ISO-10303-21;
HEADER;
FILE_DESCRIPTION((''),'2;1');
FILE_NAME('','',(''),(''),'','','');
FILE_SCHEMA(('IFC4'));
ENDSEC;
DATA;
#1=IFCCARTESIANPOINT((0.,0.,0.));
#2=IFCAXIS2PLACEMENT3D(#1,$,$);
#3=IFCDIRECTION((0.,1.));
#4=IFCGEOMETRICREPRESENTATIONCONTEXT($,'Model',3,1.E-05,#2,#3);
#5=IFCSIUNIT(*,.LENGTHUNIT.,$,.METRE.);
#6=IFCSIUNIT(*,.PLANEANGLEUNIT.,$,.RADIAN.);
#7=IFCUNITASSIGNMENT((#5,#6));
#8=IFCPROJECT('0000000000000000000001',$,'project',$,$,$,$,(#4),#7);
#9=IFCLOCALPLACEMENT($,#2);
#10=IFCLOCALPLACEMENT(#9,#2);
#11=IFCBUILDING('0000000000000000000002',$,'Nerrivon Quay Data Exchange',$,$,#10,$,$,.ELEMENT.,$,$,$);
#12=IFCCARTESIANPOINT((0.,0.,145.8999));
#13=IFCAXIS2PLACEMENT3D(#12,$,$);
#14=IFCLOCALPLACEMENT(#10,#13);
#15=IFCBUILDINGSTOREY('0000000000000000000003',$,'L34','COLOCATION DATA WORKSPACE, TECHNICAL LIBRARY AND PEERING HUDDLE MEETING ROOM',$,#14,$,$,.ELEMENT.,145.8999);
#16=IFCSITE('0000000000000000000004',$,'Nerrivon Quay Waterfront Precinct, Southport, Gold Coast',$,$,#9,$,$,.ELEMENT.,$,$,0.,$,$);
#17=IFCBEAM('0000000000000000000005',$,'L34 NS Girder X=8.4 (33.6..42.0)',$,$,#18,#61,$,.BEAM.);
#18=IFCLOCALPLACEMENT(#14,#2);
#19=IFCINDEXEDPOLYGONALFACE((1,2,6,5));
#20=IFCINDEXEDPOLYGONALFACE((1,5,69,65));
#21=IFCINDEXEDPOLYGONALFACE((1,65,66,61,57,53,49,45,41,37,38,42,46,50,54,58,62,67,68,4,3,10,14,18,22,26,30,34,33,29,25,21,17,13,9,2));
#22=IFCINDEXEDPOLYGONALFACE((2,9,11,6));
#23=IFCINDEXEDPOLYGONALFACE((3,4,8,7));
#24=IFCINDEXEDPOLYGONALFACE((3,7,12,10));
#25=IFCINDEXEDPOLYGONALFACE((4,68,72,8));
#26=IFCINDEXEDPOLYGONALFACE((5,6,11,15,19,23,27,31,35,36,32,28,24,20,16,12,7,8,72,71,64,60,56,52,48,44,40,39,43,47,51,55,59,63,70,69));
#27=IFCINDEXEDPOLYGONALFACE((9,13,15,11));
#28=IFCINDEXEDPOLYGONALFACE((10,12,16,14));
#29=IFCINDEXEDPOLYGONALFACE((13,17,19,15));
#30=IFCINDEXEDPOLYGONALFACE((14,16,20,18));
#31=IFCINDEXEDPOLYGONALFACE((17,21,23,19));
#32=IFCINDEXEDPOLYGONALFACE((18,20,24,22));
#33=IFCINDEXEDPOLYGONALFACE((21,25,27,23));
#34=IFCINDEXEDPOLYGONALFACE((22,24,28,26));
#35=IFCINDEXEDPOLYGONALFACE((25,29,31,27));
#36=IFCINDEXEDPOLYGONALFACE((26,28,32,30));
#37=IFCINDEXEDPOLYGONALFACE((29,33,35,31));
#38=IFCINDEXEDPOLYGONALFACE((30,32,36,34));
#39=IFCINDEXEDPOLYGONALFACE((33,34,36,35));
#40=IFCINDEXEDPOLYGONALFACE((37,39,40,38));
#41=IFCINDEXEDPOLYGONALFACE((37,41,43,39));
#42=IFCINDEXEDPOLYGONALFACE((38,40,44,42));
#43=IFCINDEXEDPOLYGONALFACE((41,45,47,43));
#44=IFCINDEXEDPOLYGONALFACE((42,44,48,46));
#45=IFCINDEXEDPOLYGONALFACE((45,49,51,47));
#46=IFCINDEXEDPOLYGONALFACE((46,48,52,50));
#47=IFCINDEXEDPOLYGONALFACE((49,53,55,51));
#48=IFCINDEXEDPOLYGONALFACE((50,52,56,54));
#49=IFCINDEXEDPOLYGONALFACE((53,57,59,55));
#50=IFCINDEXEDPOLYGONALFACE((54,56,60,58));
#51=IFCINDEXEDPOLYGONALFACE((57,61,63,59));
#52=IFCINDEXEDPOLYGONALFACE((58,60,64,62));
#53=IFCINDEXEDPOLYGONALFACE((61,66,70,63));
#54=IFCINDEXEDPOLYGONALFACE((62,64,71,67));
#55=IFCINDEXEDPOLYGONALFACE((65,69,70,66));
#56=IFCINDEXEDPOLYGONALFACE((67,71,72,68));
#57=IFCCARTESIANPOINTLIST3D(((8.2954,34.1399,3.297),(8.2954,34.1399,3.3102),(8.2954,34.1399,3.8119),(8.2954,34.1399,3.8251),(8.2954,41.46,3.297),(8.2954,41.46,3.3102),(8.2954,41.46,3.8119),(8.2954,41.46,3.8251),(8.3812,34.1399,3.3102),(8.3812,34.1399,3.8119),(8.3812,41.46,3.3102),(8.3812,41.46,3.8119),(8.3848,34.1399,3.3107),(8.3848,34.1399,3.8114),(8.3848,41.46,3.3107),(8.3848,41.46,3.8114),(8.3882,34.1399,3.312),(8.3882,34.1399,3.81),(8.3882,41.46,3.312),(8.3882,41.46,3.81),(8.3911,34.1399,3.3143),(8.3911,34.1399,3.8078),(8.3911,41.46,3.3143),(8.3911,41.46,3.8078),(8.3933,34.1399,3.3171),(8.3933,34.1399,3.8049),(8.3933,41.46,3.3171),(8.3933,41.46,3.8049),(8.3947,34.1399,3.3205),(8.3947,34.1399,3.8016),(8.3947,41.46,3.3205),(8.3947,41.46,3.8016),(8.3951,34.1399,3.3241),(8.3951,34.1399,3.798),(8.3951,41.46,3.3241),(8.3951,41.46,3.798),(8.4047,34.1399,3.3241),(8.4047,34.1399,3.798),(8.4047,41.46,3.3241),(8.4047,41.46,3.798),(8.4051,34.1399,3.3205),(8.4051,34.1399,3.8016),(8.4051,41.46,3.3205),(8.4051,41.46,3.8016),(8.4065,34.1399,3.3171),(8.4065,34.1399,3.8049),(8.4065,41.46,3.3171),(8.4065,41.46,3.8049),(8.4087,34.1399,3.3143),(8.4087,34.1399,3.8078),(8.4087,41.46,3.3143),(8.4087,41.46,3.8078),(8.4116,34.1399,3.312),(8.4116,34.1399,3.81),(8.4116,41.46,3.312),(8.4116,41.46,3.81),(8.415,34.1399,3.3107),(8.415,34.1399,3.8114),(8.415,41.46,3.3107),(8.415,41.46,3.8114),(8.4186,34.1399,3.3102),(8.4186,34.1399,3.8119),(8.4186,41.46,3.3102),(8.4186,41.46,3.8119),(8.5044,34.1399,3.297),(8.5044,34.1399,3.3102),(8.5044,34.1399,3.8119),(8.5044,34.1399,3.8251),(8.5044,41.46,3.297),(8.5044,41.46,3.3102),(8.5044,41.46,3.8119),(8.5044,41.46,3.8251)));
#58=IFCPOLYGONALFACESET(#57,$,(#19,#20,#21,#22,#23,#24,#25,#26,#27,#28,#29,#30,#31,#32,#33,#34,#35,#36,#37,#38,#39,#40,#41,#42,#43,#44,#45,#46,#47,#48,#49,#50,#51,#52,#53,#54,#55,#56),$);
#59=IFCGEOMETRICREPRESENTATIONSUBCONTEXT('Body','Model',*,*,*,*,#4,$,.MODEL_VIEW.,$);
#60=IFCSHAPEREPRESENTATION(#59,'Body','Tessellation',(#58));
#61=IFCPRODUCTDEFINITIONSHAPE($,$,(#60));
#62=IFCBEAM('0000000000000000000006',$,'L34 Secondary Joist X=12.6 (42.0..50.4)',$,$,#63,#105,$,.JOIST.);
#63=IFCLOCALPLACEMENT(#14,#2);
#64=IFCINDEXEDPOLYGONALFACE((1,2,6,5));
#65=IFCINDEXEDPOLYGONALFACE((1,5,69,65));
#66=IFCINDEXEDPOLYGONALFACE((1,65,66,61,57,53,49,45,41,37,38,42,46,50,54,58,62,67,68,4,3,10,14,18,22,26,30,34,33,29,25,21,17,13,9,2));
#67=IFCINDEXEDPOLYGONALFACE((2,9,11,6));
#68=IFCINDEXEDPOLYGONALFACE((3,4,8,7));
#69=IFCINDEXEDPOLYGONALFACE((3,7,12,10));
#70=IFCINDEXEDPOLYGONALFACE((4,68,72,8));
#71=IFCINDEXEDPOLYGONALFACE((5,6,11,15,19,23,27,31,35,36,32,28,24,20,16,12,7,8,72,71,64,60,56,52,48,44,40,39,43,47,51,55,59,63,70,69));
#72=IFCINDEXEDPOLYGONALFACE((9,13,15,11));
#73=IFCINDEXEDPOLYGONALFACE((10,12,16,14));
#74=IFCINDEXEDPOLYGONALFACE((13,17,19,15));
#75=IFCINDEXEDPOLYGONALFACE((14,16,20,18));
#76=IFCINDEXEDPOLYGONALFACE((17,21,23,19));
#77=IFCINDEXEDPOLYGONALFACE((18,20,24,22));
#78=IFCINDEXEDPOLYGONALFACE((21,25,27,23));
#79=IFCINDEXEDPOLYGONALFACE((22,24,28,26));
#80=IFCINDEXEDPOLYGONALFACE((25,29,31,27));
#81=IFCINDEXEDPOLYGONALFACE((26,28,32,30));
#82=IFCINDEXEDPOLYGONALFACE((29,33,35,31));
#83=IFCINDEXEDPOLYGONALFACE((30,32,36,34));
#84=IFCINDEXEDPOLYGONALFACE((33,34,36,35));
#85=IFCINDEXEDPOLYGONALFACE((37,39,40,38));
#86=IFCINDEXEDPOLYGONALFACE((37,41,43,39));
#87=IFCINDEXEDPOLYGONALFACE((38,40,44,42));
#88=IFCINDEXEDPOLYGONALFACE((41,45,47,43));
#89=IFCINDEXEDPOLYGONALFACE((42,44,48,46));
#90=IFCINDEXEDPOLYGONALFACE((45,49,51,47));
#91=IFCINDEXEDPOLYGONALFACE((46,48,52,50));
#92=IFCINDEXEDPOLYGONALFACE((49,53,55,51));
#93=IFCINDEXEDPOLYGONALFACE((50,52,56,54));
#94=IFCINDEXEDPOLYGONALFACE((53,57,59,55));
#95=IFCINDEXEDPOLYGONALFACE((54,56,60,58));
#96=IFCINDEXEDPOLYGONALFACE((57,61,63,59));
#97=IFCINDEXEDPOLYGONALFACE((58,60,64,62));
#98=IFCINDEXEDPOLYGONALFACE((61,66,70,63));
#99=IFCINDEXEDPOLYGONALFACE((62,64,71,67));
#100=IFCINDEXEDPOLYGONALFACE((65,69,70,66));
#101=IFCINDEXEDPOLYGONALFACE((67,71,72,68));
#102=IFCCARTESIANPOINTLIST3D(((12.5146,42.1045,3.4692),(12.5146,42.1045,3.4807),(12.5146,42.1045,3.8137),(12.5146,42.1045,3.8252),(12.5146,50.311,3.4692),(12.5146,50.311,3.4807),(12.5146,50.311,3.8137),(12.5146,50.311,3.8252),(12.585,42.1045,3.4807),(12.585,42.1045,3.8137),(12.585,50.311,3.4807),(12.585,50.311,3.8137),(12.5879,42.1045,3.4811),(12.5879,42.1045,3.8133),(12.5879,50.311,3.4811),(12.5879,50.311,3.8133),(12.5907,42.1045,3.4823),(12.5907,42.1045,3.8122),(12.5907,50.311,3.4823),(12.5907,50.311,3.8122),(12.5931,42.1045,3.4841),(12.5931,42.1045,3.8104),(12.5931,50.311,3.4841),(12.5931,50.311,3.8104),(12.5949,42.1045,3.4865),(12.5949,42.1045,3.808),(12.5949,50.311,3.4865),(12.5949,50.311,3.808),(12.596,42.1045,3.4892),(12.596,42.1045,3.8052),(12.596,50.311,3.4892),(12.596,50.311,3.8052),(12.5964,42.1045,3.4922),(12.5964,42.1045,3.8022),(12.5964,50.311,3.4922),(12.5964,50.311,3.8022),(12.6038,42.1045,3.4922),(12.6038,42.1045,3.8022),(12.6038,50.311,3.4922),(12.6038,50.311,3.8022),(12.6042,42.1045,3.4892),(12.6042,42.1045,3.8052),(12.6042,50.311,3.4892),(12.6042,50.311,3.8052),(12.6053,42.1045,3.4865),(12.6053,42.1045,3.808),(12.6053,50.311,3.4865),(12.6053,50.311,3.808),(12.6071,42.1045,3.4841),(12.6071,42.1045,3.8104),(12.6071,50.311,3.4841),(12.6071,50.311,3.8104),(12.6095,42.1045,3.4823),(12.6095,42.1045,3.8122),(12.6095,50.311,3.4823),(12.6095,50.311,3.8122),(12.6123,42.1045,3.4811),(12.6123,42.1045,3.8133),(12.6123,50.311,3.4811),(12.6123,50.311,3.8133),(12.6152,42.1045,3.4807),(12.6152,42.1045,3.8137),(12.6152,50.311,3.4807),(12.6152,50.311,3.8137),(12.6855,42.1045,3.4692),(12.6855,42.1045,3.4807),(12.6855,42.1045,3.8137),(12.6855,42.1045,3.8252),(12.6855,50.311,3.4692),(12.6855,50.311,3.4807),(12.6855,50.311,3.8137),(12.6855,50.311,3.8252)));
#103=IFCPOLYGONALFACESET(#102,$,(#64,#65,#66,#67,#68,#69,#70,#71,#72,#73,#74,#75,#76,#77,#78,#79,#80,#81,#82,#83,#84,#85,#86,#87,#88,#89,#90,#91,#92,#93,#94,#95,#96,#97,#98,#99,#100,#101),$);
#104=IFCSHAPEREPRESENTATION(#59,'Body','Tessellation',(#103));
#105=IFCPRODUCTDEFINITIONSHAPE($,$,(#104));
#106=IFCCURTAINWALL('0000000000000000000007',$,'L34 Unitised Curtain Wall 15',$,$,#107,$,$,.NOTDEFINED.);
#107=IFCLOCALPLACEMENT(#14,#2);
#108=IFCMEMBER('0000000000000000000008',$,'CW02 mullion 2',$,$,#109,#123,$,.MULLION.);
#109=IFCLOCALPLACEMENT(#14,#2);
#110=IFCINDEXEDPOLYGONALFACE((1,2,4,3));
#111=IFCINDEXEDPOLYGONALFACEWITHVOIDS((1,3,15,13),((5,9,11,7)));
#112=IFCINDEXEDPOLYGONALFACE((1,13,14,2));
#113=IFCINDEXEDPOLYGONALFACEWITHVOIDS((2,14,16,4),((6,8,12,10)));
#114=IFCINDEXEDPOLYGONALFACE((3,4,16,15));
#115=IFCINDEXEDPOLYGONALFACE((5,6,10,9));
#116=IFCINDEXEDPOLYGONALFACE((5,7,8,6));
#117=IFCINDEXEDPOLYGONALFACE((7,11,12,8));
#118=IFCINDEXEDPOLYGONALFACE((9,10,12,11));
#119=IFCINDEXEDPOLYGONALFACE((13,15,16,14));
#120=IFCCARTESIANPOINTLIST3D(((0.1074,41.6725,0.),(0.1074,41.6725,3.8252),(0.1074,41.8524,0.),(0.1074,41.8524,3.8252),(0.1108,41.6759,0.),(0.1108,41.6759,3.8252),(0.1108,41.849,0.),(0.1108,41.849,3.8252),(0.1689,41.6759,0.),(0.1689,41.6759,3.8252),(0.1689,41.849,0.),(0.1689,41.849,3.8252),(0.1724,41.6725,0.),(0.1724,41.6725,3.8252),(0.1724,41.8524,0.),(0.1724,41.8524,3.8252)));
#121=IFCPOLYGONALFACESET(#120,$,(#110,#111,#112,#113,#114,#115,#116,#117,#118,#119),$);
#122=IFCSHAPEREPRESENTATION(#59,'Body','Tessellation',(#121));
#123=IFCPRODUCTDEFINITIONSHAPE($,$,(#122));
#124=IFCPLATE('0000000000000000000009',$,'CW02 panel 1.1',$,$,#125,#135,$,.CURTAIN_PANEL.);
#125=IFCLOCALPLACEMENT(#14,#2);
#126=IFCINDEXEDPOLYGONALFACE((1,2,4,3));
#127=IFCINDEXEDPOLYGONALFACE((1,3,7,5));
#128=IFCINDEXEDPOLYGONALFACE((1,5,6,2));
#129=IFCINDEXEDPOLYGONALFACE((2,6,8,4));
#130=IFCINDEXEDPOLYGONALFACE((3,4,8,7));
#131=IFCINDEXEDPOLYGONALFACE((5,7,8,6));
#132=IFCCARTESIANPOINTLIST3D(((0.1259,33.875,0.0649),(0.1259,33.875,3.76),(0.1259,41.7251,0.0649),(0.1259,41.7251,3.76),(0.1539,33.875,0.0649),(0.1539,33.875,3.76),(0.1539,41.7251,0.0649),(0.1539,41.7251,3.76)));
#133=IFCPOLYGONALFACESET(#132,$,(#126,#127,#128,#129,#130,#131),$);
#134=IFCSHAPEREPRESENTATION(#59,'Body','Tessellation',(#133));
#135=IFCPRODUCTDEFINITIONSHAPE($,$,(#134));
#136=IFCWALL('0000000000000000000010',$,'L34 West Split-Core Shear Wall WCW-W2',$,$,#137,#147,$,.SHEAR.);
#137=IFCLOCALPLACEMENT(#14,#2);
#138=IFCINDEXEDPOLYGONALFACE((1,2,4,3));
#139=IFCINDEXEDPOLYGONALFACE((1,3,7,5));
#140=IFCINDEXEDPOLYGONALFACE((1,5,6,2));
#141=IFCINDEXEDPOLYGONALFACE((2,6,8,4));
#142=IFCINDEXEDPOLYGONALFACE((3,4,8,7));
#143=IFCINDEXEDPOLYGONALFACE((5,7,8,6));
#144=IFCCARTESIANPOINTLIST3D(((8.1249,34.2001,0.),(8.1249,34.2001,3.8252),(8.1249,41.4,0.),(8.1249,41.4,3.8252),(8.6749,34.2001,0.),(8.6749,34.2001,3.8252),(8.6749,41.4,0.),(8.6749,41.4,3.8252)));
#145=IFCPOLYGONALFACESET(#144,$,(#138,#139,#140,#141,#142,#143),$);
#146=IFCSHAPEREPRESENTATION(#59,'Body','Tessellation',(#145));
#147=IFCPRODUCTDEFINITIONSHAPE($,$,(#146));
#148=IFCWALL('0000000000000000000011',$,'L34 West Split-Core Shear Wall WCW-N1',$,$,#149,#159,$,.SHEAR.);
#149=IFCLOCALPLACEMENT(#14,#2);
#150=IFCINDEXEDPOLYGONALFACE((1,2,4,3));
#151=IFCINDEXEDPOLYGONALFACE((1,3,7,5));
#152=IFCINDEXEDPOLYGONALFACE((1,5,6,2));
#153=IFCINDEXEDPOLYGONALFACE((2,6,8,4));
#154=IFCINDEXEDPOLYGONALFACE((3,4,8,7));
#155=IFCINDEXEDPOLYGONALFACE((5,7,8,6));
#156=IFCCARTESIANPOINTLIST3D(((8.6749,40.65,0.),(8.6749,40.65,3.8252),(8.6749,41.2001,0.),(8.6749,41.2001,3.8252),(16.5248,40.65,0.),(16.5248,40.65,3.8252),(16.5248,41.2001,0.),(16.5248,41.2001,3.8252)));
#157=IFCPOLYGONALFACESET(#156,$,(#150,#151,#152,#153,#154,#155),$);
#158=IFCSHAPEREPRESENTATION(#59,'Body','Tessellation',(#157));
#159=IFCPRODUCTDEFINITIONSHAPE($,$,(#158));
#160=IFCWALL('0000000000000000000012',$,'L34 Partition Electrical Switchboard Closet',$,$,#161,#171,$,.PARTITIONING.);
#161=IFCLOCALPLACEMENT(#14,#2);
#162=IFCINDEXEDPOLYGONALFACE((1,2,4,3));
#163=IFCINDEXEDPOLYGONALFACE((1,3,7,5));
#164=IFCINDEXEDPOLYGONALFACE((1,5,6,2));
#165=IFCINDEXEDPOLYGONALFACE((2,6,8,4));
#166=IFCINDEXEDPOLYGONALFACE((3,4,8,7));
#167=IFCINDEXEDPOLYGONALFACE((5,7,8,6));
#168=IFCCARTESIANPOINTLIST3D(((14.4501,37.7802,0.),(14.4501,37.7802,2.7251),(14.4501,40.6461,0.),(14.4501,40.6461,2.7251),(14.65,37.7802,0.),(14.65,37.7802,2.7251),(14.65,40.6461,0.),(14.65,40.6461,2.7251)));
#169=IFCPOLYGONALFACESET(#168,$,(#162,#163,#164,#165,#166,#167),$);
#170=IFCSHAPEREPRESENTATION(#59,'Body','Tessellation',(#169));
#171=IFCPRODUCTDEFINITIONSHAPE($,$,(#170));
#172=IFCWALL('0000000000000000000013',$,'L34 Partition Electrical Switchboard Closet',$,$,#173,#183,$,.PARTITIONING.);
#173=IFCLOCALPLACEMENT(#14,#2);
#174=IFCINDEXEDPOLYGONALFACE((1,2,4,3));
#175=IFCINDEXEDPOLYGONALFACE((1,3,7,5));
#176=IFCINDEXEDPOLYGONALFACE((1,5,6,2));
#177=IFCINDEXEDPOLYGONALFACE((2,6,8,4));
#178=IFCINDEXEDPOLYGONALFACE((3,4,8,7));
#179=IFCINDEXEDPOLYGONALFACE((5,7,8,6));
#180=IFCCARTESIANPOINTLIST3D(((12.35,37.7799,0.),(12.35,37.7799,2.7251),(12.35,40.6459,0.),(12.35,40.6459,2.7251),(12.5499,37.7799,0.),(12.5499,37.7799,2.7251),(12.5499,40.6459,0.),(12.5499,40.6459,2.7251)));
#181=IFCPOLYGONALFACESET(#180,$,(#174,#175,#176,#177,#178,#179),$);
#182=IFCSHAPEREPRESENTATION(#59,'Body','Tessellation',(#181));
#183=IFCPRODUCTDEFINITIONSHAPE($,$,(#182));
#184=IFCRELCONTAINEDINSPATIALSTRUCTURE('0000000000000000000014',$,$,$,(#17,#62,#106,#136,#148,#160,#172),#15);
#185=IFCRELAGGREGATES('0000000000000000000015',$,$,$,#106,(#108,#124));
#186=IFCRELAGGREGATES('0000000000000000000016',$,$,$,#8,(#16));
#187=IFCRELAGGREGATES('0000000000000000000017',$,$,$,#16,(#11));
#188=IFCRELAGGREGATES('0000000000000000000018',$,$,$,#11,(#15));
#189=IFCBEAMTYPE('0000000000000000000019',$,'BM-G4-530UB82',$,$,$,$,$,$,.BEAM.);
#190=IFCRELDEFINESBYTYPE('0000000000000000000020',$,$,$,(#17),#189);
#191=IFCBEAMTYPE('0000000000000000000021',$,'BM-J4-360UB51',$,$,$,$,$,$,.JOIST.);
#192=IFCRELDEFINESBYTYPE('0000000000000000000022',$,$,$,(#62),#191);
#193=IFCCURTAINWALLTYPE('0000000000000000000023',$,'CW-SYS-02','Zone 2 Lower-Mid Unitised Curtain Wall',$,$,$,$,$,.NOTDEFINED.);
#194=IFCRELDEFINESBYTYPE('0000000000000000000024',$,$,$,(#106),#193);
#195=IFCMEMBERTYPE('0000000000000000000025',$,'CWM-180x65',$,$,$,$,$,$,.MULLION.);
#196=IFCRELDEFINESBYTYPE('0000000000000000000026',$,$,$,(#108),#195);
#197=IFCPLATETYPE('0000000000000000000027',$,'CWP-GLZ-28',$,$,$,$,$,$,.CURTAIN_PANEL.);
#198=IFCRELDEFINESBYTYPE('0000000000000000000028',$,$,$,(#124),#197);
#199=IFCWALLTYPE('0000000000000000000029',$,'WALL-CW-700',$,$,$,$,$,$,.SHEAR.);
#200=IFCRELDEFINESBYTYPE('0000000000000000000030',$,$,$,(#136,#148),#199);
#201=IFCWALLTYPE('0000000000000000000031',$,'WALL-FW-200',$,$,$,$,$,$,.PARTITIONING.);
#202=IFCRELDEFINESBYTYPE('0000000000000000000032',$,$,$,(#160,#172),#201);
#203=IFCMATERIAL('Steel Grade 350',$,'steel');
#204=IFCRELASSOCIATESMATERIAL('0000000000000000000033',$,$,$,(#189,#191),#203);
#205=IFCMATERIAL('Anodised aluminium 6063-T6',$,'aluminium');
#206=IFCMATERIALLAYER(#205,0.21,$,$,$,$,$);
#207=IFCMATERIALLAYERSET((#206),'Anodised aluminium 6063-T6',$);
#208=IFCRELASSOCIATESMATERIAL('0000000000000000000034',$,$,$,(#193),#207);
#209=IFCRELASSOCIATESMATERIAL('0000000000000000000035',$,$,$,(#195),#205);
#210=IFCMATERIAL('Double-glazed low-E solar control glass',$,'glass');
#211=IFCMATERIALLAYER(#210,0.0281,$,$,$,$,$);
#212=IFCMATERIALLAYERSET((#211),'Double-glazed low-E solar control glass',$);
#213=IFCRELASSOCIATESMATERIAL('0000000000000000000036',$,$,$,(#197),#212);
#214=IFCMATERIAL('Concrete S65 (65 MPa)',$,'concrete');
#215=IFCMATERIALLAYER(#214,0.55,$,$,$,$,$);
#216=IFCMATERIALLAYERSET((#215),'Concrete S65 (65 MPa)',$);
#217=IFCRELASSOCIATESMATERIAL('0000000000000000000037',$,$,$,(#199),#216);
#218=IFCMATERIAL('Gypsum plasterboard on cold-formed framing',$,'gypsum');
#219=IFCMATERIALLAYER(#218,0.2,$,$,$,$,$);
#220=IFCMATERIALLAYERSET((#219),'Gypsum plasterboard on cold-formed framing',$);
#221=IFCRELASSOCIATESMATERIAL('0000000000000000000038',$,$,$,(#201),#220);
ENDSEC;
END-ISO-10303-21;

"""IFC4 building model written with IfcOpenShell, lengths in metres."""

from ifc_helpers import new_model, si_unit, direction, frame, frame_2d, origin, origin_2d, place, context, subcontext, project, spatial, rectangle, hollow_rectangle, i_section, extrude, material, layer, layer_set, material_profile, profile_set, type_object, element, aggregate, save


model = new_model("IFC4")

# Units and contexts
model_context = context("Model", 3, precision=1e-05, world=origin(), true_north=direction((0.0, 1.0)))
body_context = subcontext(model_context, "Body", "Model", "MODEL_VIEW")
ifc_project = project(units=[si_unit("LENGTHUNIT", "METRE"), si_unit("PLANEANGLEUNIT", "RADIAN")], contexts=[model_context])

# Site, building, storey
site_placement = place(None, origin())
site = spatial("IfcSite", under=ifc_project, at=site_placement, Name="Nerrivon Quay Waterfront Precinct, Southport, Gold Coast", CompositionType="ELEMENT", RefElevation=0.0)
building_placement = place(site_placement, origin())
building = spatial("IfcBuilding", under=site, at=building_placement, Name="Nerrivon Quay Data Exchange", CompositionType="ELEMENT")
storey_placement = place(building_placement, frame((0.0, 0.0, 145.8999)))
storey = spatial("IfcBuildingStorey", under=building, at=storey_placement, Name="L34", Description="COLOCATION DATA WORKSPACE, TECHNICAL LIBRARY AND PEERING HUDDLE MEETING ROOM", CompositionType="ELEMENT", Elevation=145.8999)

# Shared definitions
ifc_material_1 = material(Name="Concrete S65 (65 MPa)", Category="concrete")
ifc_material_2 = material(Name="Steel Grade 350", Category="steel")

# Beams
ifc_material_profile_1 = material_profile(ifc_material_2, i_section(OverallWidth=0.209, OverallDepth=0.5281, WebThickness=0.0095, FlangeThickness=0.0132, FilletRadius=0.0139, at=origin_2d()), Name="530UB82.0")
ifc_profile_set_1 = profile_set([ifc_material_profile_1], Name="Steel Grade 350")
beam_type_1 = type_object("IfcBeamType", Name="BM-G4-530UB82", PredefinedType="BEAM", material=ifc_profile_set_1)
beam_1_placement = place(storey_placement, frame((8.3999, 34.1399, 3.561), z_axis=(0.0, 1.0, 0.0), x_axis=(-1.0, 0.0, 0.0)))
element("IfcBeam", 1, at=beam_1_placement, inside=storey, type_object=beam_type_1, Name="L34 NS Girder X=8.4 (33.6..42.0)", PredefinedType="BEAM", context=body_context, shape_type="SweptSolid", body=[
    extrude(i_section(OverallWidth=0.209, OverallDepth=0.5281, WebThickness=0.0095, FlangeThickness=0.0132, FilletRadius=0.0139, at=origin_2d()), origin(), (0.0, 0.0, 1.0), 7.3201),
])
ifc_material_profile_2 = material_profile(ifc_material_2, i_section(OverallWidth=0.1709, OverallDepth=0.356, WebThickness=0.0073, FlangeThickness=0.0115, FilletRadius=0.0115, at=origin_2d()), Name="360UB50.7")
ifc_profile_set_2 = profile_set([ifc_material_profile_2], Name="Steel Grade 350")
beam_type_2 = type_object("IfcBeamType", Name="BM-J4-360UB51", PredefinedType="JOIST", material=ifc_profile_set_2)
beam_2_placement = place(storey_placement, frame((12.6001, 42.1045, 3.6472), z_axis=(0.0, 1.0, 0.0), x_axis=(-1.0, 0.0, 0.0)))
element("IfcBeam", 2, at=beam_2_placement, inside=storey, type_object=beam_type_2, Name="L34 Secondary Joist X=12.6 (42.0..50.4)", PredefinedType="JOIST", context=body_context, shape_type="SweptSolid", body=[
    extrude(i_section(OverallWidth=0.1709, OverallDepth=0.356, WebThickness=0.0073, FlangeThickness=0.0115, FilletRadius=0.0115, at=origin_2d()), origin(), (0.0, 0.0, 1.0), 8.2065),
])

# Curtain wall, member, plate
ifc_material_3 = material(Name="Anodised aluminium 6063-T6", Category="aluminium")
ifc_layer_1 = layer(ifc_material_3, 0.21)
ifc_layer_set_1 = layer_set([ifc_layer_1], Name="Anodised aluminium 6063-T6")
curtain_wall_type = type_object("IfcCurtainWallType", Name="CW-SYS-02", Description="Zone 2 Lower-Mid Unitised Curtain Wall", PredefinedType="NOTDEFINED", material=ifc_layer_set_1)
curtain_wall_placement = place(storey_placement, origin())
curtain_wall = element("IfcCurtainWall", 3, at=curtain_wall_placement, inside=storey, type_object=curtain_wall_type, Name="L34 Unitised Curtain Wall 15", PredefinedType="NOTDEFINED")
ifc_material_profile_3 = material_profile(ifc_material_3, hollow_rectangle(XDim=0.0649, YDim=0.1799, WallThickness=0.0034, at=origin_2d()), Name="ALU-MULL-180x65")
ifc_profile_set_3 = profile_set([ifc_material_profile_3], Name="Anodised aluminium 6063-T6")
member_type = type_object("IfcMemberType", Name="CWM-180x65", PredefinedType="MULLION", material=ifc_profile_set_3)
member_placement = place(storey_placement, frame((0.1399, 41.7625, 0.0), z_axis=(0.0, 0.0, 1.0), x_axis=(-1.0, 0.0, 0.0)))
member = element("IfcMember", 4, at=member_placement, type_object=member_type, Name="CW02 mullion 2", PredefinedType="MULLION", context=body_context, shape_type="SweptSolid", body=[
    extrude(hollow_rectangle(XDim=0.0649, YDim=0.1799, WallThickness=0.0034, at=origin_2d()), origin(), (0.0, 0.0, 1.0), 3.8252),
])
ifc_material_4 = material(Name="Double-glazed low-E solar control glass", Category="glass")
ifc_layer_2 = layer(ifc_material_4, 0.0281)
ifc_layer_set_2 = layer_set([ifc_layer_2], Name="Double-glazed low-E solar control glass")
plate_type = type_object("IfcPlateType", Name="CWP-GLZ-28", PredefinedType="CURTAIN_PANEL", material=ifc_layer_set_2)
plate_placement = place(storey_placement, frame((0.1399, 37.8, 0.0649), z_axis=(0.0, 0.0, 1.0), x_axis=(0.0, 1.0, 0.0)))
plate = element("IfcPlate", 5, at=plate_placement, type_object=plate_type, Name="CW02 panel 1.1", PredefinedType="CURTAIN_PANEL", context=body_context, shape_type="SweptSolid", body=[
    extrude(rectangle(XDim=7.8501, YDim=0.0281, at=origin_2d()), origin(), (0.0, 0.0, 1.0), 3.6951),
])
aggregate(curtain_wall, [member, plate])

# Walls
ifc_layer_3 = layer(ifc_material_1, 0.55)
ifc_layer_set_3 = layer_set([ifc_layer_3], Name="Concrete S65 (65 MPa)")
wall_type_1 = type_object("IfcWallType", Name="WALL-CW-700", PredefinedType="SHEAR", material=ifc_layer_set_3)
wall_1_placement = place(storey_placement, frame((8.3999, 34.2, 0.0), z_axis=(0.0, 0.0, 1.0), x_axis=(0.0, 1.0, 0.0)))
element("IfcWall", 6, at=wall_1_placement, inside=storey, type_object=wall_type_1, Name="L34 West Split-Core Shear Wall WCW-W2", PredefinedType="SHEAR", context=body_context, shape_type="SweptSolid", body=[
    extrude(rectangle(XDim=7.2, YDim=0.55, at=frame_2d((3.6001, 0.0))), origin(), (0.0, 0.0, 1.0), 3.8252),
])
wall_2_placement = place(storey_placement, frame((8.675, 40.925, 0.0), z_axis=(0.0, 0.0, 1.0), x_axis=(1.0, 0.0, 0.0)))
element("IfcWall", 7, at=wall_2_placement, inside=storey, type_object=wall_type_1, Name="L34 West Split-Core Shear Wall WCW-N1", PredefinedType="SHEAR", context=body_context, shape_type="SweptSolid", body=[
    extrude(rectangle(XDim=7.8499, YDim=0.55, at=frame_2d((3.9248, 0.0))), origin(), (0.0, 0.0, 1.0), 3.8252),
])
ifc_material_5 = material(Name="Gypsum plasterboard on cold-formed framing", Category="gypsum")
ifc_layer_4 = layer(ifc_material_5, 0.2)
ifc_layer_set_4 = layer_set([ifc_layer_4], Name="Gypsum plasterboard on cold-formed framing")
wall_type_2 = type_object("IfcWallType", Name="WALL-FW-200", PredefinedType="PARTITIONING", material=ifc_layer_set_4)
for number, where, z_axis, x_axis, name in (
    (8, (14.55, 37.78, 0.0), (0.0, 0.0, 1.0), (0.0, 1.0, 0.0), "L34 Partition Electrical Switchboard Closet"),
    (9, (12.45, 40.646, 0.0), (0.0, 0.0, 1.0), (0.0, -1.0, 0.0), "L34 Partition Electrical Switchboard Closet"),
):
    element("IfcWall", number, at=place(storey_placement, frame(where, z_axis=z_axis, x_axis=x_axis)), inside=storey, type_object=wall_type_2, Name=name, PredefinedType="PARTITIONING", context=body_context, shape_type="SweptSolid", body=[
        extrude(rectangle(XDim=2.866, YDim=0.2, at=frame_2d((1.4331, 0.0))), origin(), (0.0, 0.0, 1.0), 2.7251),
    ])

save(model, "model.ifc")
